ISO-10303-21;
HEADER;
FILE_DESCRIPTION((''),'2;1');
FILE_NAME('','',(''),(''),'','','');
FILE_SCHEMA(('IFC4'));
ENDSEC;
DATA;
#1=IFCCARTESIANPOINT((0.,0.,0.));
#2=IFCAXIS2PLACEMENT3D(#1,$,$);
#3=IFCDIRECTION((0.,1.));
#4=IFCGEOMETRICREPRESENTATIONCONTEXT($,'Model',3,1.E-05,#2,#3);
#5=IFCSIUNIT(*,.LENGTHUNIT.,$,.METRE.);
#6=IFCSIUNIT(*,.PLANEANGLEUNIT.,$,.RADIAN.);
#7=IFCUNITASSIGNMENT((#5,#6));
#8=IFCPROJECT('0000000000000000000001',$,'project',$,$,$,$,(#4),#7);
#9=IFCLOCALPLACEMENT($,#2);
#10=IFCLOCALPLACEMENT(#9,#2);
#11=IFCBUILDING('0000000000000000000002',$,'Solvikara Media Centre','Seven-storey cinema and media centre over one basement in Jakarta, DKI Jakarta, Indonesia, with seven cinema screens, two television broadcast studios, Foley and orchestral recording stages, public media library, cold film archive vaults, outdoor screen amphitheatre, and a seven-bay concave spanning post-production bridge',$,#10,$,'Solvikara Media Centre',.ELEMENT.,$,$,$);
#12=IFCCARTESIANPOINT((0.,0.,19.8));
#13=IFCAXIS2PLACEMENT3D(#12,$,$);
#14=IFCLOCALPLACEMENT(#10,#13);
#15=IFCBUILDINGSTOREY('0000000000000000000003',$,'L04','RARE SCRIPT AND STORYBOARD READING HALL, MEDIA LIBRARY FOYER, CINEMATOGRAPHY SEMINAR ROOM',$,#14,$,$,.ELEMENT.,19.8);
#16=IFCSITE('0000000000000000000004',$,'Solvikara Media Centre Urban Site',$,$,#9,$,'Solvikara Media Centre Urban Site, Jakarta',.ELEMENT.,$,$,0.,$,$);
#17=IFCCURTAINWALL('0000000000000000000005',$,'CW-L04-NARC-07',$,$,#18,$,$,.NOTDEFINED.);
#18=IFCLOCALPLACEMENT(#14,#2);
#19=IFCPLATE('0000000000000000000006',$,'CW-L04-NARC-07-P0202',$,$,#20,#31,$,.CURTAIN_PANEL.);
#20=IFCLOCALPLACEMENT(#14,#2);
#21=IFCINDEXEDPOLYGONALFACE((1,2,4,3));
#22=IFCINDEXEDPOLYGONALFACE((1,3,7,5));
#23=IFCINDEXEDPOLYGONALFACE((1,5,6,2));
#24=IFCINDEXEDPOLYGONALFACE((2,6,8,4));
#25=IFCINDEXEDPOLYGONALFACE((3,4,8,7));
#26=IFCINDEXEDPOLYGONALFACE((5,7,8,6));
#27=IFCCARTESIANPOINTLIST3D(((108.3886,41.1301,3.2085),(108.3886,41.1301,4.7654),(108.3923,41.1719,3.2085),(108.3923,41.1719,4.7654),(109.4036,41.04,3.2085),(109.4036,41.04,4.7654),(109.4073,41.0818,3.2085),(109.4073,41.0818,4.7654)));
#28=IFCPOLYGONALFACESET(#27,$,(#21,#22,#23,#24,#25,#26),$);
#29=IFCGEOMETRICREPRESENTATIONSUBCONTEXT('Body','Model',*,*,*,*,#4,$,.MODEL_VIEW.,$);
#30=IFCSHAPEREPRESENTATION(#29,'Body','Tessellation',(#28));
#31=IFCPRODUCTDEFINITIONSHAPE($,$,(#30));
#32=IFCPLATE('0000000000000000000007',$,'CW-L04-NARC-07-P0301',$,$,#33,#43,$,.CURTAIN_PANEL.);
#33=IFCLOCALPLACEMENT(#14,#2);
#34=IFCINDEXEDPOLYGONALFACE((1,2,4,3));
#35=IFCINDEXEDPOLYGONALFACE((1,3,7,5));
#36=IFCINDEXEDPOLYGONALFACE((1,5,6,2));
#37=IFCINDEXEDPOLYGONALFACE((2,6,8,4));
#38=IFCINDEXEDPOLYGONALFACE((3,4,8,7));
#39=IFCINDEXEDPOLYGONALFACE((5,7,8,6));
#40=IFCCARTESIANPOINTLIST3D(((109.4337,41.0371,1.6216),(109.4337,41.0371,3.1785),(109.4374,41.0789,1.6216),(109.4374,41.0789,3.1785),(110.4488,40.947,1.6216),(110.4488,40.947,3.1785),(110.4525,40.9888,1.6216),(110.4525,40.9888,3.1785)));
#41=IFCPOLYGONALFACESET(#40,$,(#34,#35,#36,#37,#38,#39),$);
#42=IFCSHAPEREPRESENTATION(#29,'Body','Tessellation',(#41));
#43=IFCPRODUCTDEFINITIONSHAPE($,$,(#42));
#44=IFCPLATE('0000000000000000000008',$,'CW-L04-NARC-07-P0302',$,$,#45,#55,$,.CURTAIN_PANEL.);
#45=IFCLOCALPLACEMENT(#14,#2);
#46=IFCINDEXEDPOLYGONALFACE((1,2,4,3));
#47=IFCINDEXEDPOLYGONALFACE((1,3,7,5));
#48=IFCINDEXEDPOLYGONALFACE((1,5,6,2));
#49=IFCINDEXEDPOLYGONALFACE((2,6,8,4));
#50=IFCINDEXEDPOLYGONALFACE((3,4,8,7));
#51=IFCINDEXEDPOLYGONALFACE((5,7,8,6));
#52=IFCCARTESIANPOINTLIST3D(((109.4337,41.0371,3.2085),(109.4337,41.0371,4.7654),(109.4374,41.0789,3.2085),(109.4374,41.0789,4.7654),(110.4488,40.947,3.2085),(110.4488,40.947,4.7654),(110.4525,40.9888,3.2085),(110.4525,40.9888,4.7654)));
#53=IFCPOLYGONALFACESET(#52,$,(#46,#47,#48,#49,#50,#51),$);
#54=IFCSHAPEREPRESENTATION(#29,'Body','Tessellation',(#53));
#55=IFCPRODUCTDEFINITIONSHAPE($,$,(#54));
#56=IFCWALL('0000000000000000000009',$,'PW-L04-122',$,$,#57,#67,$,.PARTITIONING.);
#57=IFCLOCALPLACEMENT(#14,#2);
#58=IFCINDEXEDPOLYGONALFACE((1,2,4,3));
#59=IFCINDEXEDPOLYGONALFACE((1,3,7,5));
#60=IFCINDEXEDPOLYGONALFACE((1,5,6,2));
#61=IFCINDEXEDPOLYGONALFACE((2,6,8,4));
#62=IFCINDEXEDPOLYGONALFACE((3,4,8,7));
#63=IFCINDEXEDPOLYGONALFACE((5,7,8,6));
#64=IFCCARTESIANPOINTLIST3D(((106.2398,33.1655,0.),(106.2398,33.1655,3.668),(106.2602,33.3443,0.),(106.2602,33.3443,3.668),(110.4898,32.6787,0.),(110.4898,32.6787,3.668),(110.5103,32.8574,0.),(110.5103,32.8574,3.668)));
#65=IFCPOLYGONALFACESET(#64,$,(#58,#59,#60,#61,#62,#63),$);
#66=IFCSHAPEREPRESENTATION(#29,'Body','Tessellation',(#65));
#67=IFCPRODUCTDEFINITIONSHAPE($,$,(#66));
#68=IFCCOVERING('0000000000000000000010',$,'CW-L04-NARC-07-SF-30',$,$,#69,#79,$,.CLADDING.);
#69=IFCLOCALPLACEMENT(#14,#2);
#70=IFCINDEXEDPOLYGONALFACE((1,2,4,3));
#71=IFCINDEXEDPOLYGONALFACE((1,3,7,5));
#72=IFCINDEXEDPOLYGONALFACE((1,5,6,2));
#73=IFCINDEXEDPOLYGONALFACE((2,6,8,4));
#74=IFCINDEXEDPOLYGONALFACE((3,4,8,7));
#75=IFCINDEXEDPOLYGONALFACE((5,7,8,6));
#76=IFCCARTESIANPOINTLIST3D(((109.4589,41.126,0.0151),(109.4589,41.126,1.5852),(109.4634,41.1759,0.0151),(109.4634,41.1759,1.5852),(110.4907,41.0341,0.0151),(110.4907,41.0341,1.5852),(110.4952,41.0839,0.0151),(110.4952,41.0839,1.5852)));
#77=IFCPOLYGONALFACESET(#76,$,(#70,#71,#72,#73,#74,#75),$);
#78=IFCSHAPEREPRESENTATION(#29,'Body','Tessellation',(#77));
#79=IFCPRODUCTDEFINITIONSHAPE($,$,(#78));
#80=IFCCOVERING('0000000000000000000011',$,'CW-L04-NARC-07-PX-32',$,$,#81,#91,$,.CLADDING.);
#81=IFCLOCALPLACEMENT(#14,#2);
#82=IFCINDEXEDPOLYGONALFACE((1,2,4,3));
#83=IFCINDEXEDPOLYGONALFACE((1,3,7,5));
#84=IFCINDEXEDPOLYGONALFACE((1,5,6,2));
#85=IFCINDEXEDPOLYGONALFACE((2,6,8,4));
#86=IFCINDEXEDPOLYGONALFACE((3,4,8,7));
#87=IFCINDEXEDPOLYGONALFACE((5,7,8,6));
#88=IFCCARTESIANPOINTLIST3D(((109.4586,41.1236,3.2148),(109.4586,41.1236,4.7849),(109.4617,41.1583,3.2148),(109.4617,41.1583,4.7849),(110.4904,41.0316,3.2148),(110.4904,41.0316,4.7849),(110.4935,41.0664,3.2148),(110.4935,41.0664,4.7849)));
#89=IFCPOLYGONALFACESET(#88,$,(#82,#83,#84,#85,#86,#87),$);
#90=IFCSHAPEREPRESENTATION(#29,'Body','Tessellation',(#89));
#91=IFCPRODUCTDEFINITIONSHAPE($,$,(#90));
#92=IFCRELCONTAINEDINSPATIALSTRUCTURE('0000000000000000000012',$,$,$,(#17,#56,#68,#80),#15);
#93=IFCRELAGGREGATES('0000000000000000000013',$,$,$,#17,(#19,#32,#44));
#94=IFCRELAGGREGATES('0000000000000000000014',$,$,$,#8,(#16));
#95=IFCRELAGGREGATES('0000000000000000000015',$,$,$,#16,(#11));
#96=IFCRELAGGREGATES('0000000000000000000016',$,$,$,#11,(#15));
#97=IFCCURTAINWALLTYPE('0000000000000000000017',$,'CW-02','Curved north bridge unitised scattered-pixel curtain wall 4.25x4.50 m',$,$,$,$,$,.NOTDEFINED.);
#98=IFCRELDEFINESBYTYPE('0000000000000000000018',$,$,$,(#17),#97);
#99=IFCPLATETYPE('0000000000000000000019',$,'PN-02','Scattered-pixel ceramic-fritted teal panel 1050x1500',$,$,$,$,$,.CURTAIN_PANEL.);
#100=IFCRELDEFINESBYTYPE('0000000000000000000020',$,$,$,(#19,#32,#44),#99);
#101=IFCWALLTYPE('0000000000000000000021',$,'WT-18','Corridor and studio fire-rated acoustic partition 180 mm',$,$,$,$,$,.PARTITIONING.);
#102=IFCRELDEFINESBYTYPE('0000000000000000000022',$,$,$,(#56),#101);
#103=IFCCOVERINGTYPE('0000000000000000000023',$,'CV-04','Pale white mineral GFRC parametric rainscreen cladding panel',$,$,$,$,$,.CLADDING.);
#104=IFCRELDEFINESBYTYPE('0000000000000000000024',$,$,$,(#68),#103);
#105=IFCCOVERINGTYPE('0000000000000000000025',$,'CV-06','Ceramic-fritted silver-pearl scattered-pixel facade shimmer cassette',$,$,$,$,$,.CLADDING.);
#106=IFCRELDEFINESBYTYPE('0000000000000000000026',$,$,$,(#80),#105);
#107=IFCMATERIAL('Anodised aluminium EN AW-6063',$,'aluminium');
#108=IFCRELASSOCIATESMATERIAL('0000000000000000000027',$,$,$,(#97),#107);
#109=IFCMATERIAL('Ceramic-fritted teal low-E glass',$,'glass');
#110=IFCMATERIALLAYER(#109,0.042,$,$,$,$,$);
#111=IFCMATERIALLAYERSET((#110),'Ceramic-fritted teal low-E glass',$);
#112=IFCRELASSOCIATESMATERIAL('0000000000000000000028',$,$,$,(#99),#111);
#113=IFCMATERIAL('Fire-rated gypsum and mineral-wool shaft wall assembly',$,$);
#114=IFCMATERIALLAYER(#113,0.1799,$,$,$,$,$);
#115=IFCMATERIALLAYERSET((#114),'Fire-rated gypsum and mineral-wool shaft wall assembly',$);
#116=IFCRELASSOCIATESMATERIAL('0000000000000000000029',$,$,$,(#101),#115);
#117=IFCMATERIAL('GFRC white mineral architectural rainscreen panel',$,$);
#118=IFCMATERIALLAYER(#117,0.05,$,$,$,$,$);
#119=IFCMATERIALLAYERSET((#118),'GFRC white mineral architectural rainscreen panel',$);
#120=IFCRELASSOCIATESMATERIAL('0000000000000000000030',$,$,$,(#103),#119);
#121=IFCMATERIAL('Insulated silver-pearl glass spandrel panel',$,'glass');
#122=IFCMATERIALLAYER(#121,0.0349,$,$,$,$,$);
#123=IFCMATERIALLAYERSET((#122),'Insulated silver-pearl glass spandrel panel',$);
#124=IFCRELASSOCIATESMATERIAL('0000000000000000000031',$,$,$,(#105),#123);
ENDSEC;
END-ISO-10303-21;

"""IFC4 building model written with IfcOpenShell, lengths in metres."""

from ifc_helpers import new_model, si_unit, direction, frame, frame_2d, origin, origin_2d, place, context, subcontext, project, spatial, rectangle, extrude, material, layer, layer_set, type_object, element, aggregate, save


model = new_model("IFC4")

# Units and contexts
model_context = context("Model", 3, precision=1e-05, world=origin(), true_north=direction((0.0, 1.0)))
body_context = subcontext(model_context, "Body", "Model", "MODEL_VIEW")
ifc_project = project(units=[si_unit("LENGTHUNIT", "METRE"), si_unit("PLANEANGLEUNIT", "RADIAN")], contexts=[model_context])

# Site, building, storey
site_placement = place(None, origin())
site = spatial("IfcSite", under=ifc_project, at=site_placement, Name="Solvikara Media Centre Urban Site", LongName="Solvikara Media Centre Urban Site, Jakarta", CompositionType="ELEMENT", RefElevation=0.0)
building_placement = place(site_placement, origin())
building = spatial("IfcBuilding", under=site, at=building_placement, Name="Solvikara Media Centre", Description="Seven-storey cinema and media centre over one basement in Jakarta, DKI Jakarta, Indonesia, with seven cinema screens, two television broadcast studios, Foley and orchestral recording stages, public media library, cold film archive vaults, outdoor screen amphitheatre, and a seven-bay concave spanning post-production bridge", LongName="Solvikara Media Centre", CompositionType="ELEMENT")
storey_placement = place(building_placement, frame((0.0, 0.0, 19.8)))
storey = spatial("IfcBuildingStorey", under=building, at=storey_placement, Name="L04", Description="RARE SCRIPT AND STORYBOARD READING HALL, MEDIA LIBRARY FOYER, CINEMATOGRAPHY SEMINAR ROOM", CompositionType="ELEMENT", Elevation=19.8)

# Curtain wall
ifc_material_1 = material(Name="Anodised aluminium EN AW-6063", Category="aluminium")
curtain_wall_type = type_object("IfcCurtainWallType", Name="CW-02", Description="Curved north bridge unitised scattered-pixel curtain wall 4.25x4.50 m", PredefinedType="NOTDEFINED", material=ifc_material_1)
curtain_wall_placement = place(storey_placement, origin())
curtain_wall = element("IfcCurtainWall", 1, at=curtain_wall_placement, inside=storey, type_object=curtain_wall_type, Name="CW-L04-NARC-07", PredefinedType="NOTDEFINED")

# Plates
ifc_material_2 = material(Name="Ceramic-fritted teal low-E glass", Category="glass")
ifc_layer_1 = layer(ifc_material_2, 0.042)
ifc_layer_set_1 = layer_set([ifc_layer_1], Name="Ceramic-fritted teal low-E glass")
plate_type_1 = type_object("IfcPlateType", Name="PN-02", Description="Scattered-pixel ceramic-fritted teal panel 1050x1500", PredefinedType="CURTAIN_PANEL", material=ifc_layer_set_1)
plate_1_placement = place(storey_placement, frame((108.8979, 41.106, 3.2085), z_axis=(0.0, 0.0, 1.0), x_axis=(0.996084, -0.088408, 0.0)))
plate_1 = element("IfcPlate", 2, at=plate_1_placement, type_object=plate_type_1, Name="CW-L04-NARC-07-P0202", PredefinedType="CURTAIN_PANEL", context=body_context, shape_type="SweptSolid", body=[
    extrude(rectangle(XDim=1.019, YDim=0.042, at=origin_2d()), origin(), (0.0, 0.0, 1.0), 1.5569),
])
plate_2_placement = place(storey_placement, frame((109.9431, 41.0129, 1.6216), z_axis=(0.0, 0.0, 1.0), x_axis=(0.996084, -0.088408, 0.0)))
plate_2 = element("IfcPlate", 3, at=plate_2_placement, type_object=plate_type_1, Name="CW-L04-NARC-07-P0301", PredefinedType="CURTAIN_PANEL", context=body_context, shape_type="SweptSolid", body=[
    extrude(rectangle(XDim=1.019, YDim=0.042, at=origin_2d()), origin(), (0.0, 0.0, 1.0), 1.5569),
])
plate_3_placement = place(storey_placement, frame((109.9431, 41.0129, 3.2085), z_axis=(0.0, 0.0, 1.0), x_axis=(0.996084, -0.088408, 0.0)))
plate_3 = element("IfcPlate", 4, at=plate_3_placement, type_object=plate_type_1, Name="CW-L04-NARC-07-P0302", PredefinedType="CURTAIN_PANEL", context=body_context, shape_type="SweptSolid", body=[
    extrude(rectangle(XDim=1.019, YDim=0.042, at=origin_2d()), origin(), (0.0, 0.0, 1.0), 1.5569),
])
aggregate(curtain_wall, [plate_1, plate_2, plate_3])

# Wall
ifc_material_3 = material(Name="Fire-rated gypsum and mineral-wool shaft wall assembly")
ifc_layer_2 = layer(ifc_material_3, 0.1799)
ifc_layer_set_2 = layer_set([ifc_layer_2], Name="Fire-rated gypsum and mineral-wool shaft wall assembly")
wall_type = type_object("IfcWallType", Name="WT-18", Description="Corridor and studio fire-rated acoustic partition 180 mm", PredefinedType="PARTITIONING", material=ifc_layer_set_2)
wall_placement = place(storey_placement, frame((106.25, 33.2549, 0.0), z_axis=(0.0, 0.0, 1.0), x_axis=(0.993504, -0.113801, 0.0)))
element("IfcWall", 5, at=wall_placement, inside=storey, type_object=wall_type, Name="PW-L04-122", PredefinedType="PARTITIONING", context=body_context, shape_type="SweptSolid", body=[
    extrude(rectangle(XDim=4.2778, YDim=0.1799, at=frame_2d((2.1389, 0.0))), origin(), (0.0, 0.0, 1.0), 3.668),
])

# Coverings
ifc_material_4 = material(Name="GFRC white mineral architectural rainscreen panel")
ifc_layer_3 = layer(ifc_material_4, 0.05)
ifc_layer_set_3 = layer_set([ifc_layer_3], Name="GFRC white mineral architectural rainscreen panel")
covering_type_1 = type_object("IfcCoveringType", Name="CV-04", Description="Pale white mineral GFRC parametric rainscreen cladding panel", PredefinedType="CLADDING", material=ifc_layer_set_3)
covering_1_placement = place(storey_placement, frame((109.9771, 41.105, 0.0151), z_axis=(0.0, 0.0, 1.0), x_axis=(0.99605, -0.08879, 0.0)))
element("IfcCovering", 6, at=covering_1_placement, inside=storey, type_object=covering_type_1, Name="CW-L04-NARC-07-SF-30", PredefinedType="CLADDING", context=body_context, shape_type="SweptSolid", body=[
    extrude(rectangle(XDim=1.0359, YDim=0.05, at=origin_2d()), origin(), (0.0, 0.0, 1.0), 1.5701),
])
ifc_material_5 = material(Name="Insulated silver-pearl glass spandrel panel", Category="glass")
ifc_layer_4 = layer(ifc_material_5, 0.0349)
ifc_layer_set_4 = layer_set([ifc_layer_4], Name="Insulated silver-pearl glass spandrel panel")
covering_type_2 = type_object("IfcCoveringType", Name="CV-06", Description="Ceramic-fritted silver-pearl scattered-pixel facade shimmer cassette", PredefinedType="CLADDING", material=ifc_layer_set_4)
covering_2_placement = place(storey_placement, frame((109.9761, 41.095, 3.2148), z_axis=(0.0, 0.0, 1.0), x_axis=(0.99605, -0.08879, 0.0)))
element("IfcCovering", 7, at=covering_2_placement, inside=storey, type_object=covering_type_2, Name="CW-L04-NARC-07-PX-32", PredefinedType="CLADDING", context=body_context, shape_type="SweptSolid", body=[
    extrude(rectangle(XDim=1.0359, YDim=0.0349, at=origin_2d()), origin(), (0.0, 0.0, 1.0), 1.5701),
])

save(model, "model.ifc")
